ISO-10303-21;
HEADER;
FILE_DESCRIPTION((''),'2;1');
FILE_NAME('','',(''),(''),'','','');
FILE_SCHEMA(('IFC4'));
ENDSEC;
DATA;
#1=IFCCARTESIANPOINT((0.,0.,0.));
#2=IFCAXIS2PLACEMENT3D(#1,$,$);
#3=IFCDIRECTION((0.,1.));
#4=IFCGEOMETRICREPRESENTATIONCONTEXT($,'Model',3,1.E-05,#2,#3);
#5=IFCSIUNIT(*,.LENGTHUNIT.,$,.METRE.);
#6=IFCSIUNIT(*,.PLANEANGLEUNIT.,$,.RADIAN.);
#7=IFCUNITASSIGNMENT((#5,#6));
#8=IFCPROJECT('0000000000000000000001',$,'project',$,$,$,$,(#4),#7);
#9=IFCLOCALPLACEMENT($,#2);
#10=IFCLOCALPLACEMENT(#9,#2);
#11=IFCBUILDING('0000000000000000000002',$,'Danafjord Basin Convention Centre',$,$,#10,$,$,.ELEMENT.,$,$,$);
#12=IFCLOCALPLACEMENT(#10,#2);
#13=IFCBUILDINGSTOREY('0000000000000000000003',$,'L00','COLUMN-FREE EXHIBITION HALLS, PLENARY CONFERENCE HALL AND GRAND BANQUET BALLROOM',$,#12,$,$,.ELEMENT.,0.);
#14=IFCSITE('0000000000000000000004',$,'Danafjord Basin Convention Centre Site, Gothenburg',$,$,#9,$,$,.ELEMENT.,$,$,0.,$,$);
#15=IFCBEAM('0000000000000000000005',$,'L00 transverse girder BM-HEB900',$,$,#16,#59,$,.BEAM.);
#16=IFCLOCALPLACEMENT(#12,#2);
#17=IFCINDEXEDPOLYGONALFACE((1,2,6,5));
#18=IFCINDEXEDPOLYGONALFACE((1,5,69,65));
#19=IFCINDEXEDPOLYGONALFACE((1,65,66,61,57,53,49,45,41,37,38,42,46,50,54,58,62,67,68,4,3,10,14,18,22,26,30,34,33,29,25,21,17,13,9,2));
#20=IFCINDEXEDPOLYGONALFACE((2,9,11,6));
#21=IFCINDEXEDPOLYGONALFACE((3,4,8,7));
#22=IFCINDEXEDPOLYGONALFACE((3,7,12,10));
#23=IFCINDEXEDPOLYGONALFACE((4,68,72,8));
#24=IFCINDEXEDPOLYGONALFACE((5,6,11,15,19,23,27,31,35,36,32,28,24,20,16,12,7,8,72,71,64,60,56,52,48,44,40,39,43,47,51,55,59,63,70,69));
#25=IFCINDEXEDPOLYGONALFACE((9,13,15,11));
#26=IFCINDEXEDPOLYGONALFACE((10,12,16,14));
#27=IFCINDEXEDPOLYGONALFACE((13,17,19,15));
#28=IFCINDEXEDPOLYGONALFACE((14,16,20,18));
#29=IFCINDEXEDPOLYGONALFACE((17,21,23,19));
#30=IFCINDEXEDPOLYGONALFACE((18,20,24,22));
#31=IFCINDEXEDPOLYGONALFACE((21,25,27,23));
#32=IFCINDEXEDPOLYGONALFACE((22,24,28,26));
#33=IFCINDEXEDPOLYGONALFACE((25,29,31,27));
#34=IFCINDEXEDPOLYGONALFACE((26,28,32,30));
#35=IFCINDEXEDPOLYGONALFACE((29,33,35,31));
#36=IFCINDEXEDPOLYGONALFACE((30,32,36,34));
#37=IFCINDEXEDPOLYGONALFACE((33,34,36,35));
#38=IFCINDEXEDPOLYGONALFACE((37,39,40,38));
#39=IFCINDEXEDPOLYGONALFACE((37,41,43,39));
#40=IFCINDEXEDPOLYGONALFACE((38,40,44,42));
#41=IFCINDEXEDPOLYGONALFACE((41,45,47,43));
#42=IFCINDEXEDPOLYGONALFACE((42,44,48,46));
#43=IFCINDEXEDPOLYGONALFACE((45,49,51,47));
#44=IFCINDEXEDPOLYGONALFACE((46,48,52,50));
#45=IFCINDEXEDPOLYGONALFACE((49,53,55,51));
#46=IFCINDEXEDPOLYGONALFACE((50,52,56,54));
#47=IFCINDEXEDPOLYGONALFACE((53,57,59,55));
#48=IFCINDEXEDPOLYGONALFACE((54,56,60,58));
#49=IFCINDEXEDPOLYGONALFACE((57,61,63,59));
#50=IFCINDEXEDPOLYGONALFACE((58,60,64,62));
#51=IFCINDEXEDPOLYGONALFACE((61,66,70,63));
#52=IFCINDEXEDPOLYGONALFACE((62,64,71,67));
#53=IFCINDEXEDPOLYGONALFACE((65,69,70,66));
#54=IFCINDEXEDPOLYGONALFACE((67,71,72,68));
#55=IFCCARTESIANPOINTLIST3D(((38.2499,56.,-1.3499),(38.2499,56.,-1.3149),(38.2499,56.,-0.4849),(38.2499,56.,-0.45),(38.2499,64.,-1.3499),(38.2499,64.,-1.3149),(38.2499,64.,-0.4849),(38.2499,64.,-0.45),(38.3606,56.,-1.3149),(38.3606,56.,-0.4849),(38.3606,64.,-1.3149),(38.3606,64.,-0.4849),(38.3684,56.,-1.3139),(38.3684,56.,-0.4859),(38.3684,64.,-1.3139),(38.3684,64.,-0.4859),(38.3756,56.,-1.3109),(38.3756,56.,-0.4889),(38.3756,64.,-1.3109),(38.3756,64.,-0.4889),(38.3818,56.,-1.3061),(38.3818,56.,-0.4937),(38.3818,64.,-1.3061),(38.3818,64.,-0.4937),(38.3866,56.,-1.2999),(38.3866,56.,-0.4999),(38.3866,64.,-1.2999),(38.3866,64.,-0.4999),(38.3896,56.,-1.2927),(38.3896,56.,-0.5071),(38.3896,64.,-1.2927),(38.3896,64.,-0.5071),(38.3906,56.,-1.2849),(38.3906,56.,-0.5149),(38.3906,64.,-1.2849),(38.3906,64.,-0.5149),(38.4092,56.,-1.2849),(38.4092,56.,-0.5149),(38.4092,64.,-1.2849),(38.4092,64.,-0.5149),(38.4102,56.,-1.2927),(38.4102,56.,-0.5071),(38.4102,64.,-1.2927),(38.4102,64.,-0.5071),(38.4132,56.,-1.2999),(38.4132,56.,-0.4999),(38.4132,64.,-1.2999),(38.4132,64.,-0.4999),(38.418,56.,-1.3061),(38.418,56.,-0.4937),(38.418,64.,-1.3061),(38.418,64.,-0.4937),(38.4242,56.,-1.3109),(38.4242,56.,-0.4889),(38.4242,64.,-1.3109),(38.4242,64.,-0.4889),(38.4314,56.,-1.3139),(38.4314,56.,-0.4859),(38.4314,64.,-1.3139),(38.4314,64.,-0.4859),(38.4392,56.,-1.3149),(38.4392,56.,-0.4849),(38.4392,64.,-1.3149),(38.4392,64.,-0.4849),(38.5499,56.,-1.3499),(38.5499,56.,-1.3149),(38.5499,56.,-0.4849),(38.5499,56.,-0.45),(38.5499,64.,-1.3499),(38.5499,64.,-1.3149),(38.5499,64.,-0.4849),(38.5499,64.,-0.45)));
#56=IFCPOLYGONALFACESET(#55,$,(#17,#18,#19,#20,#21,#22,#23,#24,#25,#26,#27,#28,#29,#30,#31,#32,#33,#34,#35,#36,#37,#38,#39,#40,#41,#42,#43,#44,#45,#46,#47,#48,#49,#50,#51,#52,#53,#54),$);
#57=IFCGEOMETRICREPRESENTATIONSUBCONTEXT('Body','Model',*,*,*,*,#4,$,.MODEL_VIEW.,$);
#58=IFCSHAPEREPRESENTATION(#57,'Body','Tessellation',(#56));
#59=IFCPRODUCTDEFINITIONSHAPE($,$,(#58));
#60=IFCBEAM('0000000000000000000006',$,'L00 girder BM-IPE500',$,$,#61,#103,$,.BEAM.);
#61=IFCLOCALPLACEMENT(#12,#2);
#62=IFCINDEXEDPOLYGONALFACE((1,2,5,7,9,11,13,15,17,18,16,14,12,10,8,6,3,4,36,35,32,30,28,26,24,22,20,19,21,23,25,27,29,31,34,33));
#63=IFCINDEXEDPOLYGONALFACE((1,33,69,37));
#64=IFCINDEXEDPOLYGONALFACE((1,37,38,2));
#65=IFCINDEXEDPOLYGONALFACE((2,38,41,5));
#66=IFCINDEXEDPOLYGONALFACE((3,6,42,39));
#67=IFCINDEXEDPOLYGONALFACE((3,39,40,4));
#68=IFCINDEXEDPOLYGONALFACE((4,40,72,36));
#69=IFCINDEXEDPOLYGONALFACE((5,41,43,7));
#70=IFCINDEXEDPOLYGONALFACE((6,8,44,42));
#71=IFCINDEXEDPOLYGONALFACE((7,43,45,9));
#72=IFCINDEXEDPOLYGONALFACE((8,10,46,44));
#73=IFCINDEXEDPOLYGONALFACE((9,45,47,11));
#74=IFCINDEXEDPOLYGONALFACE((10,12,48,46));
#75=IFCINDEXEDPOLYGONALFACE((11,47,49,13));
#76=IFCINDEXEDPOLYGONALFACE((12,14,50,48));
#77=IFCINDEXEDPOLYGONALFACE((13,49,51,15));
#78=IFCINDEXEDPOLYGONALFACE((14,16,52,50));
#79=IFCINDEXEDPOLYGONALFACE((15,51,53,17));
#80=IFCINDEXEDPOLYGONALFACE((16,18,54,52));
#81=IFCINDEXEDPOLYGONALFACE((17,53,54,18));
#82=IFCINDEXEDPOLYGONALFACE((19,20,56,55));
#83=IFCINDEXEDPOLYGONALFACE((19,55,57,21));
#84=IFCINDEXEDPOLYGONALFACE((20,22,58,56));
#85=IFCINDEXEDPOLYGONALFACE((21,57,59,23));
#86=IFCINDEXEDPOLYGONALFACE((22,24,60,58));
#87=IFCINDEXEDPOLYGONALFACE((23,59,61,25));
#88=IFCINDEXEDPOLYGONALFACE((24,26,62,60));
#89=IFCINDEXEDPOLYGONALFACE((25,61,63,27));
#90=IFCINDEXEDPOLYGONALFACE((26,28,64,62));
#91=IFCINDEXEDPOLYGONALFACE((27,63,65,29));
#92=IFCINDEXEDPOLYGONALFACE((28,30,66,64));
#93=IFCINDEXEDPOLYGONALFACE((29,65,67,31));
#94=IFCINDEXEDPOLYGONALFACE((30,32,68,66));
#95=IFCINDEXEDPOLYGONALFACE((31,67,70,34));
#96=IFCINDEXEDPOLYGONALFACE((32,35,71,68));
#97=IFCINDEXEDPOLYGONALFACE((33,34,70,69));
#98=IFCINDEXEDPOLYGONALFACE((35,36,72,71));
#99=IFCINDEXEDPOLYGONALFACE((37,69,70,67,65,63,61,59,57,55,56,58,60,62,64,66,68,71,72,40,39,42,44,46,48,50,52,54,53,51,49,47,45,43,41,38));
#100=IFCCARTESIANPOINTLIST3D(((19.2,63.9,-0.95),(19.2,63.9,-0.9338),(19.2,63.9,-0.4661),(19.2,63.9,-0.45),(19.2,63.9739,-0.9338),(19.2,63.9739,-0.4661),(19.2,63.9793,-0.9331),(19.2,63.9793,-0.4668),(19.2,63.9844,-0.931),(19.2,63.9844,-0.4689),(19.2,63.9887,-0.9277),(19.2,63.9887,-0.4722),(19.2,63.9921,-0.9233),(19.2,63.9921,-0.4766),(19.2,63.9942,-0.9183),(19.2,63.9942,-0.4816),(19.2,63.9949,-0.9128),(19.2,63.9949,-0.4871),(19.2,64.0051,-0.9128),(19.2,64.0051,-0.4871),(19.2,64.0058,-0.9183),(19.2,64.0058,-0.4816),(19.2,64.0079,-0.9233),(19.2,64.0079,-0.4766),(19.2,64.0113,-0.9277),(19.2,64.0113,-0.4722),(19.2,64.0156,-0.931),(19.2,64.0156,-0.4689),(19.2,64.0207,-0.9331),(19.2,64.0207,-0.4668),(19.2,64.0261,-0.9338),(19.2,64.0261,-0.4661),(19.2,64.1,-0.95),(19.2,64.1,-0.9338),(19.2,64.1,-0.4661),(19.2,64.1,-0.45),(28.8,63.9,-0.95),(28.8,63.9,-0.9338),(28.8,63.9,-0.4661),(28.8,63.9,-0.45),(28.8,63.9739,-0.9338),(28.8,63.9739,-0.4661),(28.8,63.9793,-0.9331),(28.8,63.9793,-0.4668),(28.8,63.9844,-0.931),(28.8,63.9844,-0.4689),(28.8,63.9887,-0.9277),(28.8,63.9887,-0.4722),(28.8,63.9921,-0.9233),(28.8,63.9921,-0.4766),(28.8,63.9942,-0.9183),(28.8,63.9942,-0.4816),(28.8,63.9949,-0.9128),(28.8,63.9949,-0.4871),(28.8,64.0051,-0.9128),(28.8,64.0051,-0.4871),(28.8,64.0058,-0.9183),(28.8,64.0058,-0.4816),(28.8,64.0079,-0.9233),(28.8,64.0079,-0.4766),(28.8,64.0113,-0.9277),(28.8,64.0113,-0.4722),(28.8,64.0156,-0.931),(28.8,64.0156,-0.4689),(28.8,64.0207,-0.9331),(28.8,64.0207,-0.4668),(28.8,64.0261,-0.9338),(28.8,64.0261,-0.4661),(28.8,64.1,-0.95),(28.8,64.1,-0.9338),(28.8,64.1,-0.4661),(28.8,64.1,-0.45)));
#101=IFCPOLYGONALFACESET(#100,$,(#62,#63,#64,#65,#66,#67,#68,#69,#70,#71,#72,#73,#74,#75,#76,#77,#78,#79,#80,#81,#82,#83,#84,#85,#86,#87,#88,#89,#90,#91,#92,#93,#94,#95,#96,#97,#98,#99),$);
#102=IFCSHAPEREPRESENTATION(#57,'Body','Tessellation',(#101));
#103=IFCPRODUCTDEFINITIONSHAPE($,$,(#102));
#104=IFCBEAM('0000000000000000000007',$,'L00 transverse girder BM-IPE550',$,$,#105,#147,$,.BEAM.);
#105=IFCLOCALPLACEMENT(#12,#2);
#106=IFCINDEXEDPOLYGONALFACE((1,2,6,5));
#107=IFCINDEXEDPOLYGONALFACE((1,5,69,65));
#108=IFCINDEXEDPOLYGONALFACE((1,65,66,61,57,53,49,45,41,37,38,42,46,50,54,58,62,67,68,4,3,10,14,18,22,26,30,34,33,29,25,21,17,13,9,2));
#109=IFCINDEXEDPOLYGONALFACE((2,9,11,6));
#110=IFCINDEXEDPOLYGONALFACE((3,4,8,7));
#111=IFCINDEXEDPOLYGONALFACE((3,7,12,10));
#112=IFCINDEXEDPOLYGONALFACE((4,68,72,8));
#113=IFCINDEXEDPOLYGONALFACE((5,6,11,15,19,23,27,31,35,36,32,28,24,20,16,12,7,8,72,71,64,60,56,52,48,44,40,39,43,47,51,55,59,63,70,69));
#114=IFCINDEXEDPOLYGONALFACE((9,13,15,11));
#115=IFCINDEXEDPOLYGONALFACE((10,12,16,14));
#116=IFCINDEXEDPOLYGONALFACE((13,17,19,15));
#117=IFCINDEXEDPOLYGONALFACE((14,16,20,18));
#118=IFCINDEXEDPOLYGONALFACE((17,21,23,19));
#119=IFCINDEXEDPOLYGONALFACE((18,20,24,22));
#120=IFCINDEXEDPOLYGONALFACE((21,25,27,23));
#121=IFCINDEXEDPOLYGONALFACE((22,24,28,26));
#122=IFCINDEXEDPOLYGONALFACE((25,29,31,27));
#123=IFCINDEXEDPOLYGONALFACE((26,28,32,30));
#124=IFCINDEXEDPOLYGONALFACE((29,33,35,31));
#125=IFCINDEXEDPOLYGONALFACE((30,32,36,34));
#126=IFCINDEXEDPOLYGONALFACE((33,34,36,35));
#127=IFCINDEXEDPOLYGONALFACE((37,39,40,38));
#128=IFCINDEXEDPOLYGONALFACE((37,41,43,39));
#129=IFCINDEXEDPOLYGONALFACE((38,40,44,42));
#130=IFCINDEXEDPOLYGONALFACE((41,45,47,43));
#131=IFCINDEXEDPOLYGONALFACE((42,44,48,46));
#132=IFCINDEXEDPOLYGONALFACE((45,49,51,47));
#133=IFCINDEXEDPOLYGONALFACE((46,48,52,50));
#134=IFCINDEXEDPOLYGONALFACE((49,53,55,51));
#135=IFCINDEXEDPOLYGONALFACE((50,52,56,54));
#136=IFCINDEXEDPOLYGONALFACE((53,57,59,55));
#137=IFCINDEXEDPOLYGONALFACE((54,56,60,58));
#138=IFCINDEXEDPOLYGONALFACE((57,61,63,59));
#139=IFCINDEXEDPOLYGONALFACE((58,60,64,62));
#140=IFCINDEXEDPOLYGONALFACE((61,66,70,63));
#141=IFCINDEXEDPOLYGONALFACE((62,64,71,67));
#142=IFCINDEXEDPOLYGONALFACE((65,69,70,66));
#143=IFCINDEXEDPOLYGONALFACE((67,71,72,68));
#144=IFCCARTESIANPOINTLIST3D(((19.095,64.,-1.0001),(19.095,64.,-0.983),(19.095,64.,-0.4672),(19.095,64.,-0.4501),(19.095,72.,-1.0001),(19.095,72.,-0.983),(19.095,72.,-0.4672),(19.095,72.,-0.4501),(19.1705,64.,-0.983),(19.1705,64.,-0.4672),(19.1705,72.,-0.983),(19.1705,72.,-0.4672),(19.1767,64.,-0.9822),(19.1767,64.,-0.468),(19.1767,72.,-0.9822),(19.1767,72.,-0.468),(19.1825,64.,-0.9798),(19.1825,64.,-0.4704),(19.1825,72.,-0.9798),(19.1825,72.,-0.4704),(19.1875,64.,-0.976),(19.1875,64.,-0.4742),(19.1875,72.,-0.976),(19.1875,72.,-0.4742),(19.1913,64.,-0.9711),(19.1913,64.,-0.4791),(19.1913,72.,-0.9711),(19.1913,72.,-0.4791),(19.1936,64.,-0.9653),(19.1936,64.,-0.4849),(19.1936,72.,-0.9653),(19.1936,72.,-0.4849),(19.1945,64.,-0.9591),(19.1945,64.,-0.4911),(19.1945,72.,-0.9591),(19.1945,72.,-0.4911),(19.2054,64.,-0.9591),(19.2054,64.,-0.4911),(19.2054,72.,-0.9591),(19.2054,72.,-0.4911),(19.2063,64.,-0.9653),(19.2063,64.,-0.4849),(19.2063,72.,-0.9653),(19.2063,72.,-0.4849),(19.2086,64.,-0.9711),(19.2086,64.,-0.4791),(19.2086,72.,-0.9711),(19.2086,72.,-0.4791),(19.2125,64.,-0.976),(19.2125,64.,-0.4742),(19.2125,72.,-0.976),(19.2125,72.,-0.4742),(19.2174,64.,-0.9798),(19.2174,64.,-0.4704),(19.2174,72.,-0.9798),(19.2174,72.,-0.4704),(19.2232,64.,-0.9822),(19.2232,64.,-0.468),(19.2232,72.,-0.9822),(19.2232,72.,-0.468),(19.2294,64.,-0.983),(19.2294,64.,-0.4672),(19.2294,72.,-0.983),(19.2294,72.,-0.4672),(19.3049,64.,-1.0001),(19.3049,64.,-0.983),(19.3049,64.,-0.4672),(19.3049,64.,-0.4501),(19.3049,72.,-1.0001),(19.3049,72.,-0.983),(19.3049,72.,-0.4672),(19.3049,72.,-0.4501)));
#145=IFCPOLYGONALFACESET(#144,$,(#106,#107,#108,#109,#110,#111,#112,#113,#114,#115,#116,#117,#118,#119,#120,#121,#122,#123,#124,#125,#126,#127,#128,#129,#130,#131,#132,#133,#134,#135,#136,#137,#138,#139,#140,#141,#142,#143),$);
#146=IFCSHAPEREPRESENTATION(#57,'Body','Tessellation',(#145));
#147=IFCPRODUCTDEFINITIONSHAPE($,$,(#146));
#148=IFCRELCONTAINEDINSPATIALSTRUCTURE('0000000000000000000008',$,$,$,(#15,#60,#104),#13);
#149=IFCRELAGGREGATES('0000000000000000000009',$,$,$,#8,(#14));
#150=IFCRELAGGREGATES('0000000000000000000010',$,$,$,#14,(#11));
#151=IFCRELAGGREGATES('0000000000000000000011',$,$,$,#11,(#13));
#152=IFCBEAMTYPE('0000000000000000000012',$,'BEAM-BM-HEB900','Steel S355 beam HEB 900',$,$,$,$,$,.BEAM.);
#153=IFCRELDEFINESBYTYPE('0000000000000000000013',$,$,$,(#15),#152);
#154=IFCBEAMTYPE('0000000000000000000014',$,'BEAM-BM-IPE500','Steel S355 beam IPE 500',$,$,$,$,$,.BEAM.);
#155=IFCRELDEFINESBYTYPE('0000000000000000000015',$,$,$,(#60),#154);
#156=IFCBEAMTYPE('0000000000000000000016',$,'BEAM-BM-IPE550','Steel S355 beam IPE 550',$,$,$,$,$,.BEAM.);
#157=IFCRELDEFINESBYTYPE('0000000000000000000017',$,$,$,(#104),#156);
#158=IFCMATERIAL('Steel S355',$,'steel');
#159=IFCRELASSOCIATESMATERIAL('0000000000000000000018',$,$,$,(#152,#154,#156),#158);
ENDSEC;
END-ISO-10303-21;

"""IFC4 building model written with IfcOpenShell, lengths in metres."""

from ifc_helpers import new_model, si_unit, direction, frame, origin, origin_2d, place, context, subcontext, project, spatial, i_section, extrude, material, material_profile, profile_set, type_object, element, save


model = new_model("IFC4")

# Units and contexts
model_context = context("Model", 3, precision=1e-05, world=origin(), true_north=direction((0.0, 1.0)))
body_context = subcontext(model_context, "Body", "Model", "MODEL_VIEW")
ifc_project = project(units=[si_unit("LENGTHUNIT", "METRE"), si_unit("PLANEANGLEUNIT", "RADIAN")], contexts=[model_context])

# Site, building, storey
site_placement = place(None, origin())
site = spatial("IfcSite", under=ifc_project, at=site_placement, Name="Danafjord Basin Convention Centre Site, Gothenburg", CompositionType="ELEMENT", RefElevation=0.0)
building_placement = place(site_placement, origin())
building = spatial("IfcBuilding", under=site, at=building_placement, Name="Danafjord Basin Convention Centre", CompositionType="ELEMENT")
storey_placement = place(building_placement, origin())
storey = spatial("IfcBuildingStorey", under=building, at=storey_placement, Name="L00", Description="COLUMN-FREE EXHIBITION HALLS, PLENARY CONFERENCE HALL AND GRAND BANQUET BALLROOM", CompositionType="ELEMENT", Elevation=0.0)

# Beams
ifc_material_1 = material(Name="Steel S355", Category="steel")
ifc_material_profile_1 = material_profile(ifc_material_1, i_section(OverallWidth=0.3, OverallDepth=0.8999, WebThickness=0.0186, FlangeThickness=0.0349, FilletRadius=0.03, at=origin_2d()), Name="HEB 900")
ifc_profile_set_1 = profile_set([ifc_material_profile_1], Name="Steel S355")
beam_type_1 = type_object("IfcBeamType", Name="BEAM-BM-HEB900", Description="Steel S355 beam HEB 900", PredefinedType="BEAM", material=ifc_profile_set_1)
for number, where, z_axis, x_axis, name in (
    (1, (38.3999, 56.0, -0.8999), (0.0, 1.0, 0.0), (-1.0, 0.0, 0.0), "L00 transverse girder BM-HEB900"),
):
    element("IfcBeam", number, at=place(storey_placement, frame(where, z_axis=z_axis, x_axis=x_axis)), inside=storey, type_object=beam_type_1, Name=name, PredefinedType="BEAM", context=body_context, shape_type="SweptSolid", body=[
        extrude(i_section(OverallWidth=0.3, OverallDepth=0.8999, WebThickness=0.0186, FlangeThickness=0.0349, FilletRadius=0.03, at=origin_2d()), origin(), (0.0, 0.0, 1.0), 8.0),
    ])
ifc_material_profile_2 = material_profile(ifc_material_1, i_section(OverallWidth=0.2, OverallDepth=0.5, WebThickness=0.0103, FlangeThickness=0.0161, FilletRadius=0.021, at=origin_2d()), Name="IPE 500")
ifc_profile_set_2 = profile_set([ifc_material_profile_2], Name="Steel S355")
beam_type_2 = type_object("IfcBeamType", Name="BEAM-BM-IPE500", Description="Steel S355 beam IPE 500", PredefinedType="BEAM", material=ifc_profile_set_2)
beam_1_placement = place(storey_placement, frame((19.2, 64.0, -0.7), z_axis=(1.0, 0.0, 0.0), x_axis=(0.0, 1.0, 0.0)))
element("IfcBeam", 2, at=beam_1_placement, inside=storey, type_object=beam_type_2, Name="L00 girder BM-IPE500", PredefinedType="BEAM", context=body_context, shape_type="SweptSolid", body=[
    extrude(i_section(OverallWidth=0.2, OverallDepth=0.5, WebThickness=0.0103, FlangeThickness=0.0161, FilletRadius=0.021, at=origin_2d()), origin(), (0.0, 0.0, 1.0), 9.6001),
])
ifc_material_profile_3 = material_profile(ifc_material_1, i_section(OverallWidth=0.21, OverallDepth=0.55, WebThickness=0.011, FlangeThickness=0.0171, FilletRadius=0.0239, at=origin_2d()), Name="IPE 550")
ifc_profile_set_3 = profile_set([ifc_material_profile_3], Name="Steel S355")
beam_type_3 = type_object("IfcBeamType", Name="BEAM-BM-IPE550", Description="Steel S355 beam IPE 550", PredefinedType="BEAM", material=ifc_profile_set_3)
beam_2_placement = place(storey_placement, frame((19.2, 64.0, -0.7251), z_axis=(0.0, 1.0, 0.0), x_axis=(-1.0, 0.0, 0.0)))
element("IfcBeam", 3, at=beam_2_placement, inside=storey, type_object=beam_type_3, Name="L00 transverse girder BM-IPE550", PredefinedType="BEAM", context=body_context, shape_type="SweptSolid", body=[
    extrude(i_section(OverallWidth=0.21, OverallDepth=0.55, WebThickness=0.011, FlangeThickness=0.0171, FilletRadius=0.0239, at=origin_2d()), origin(), (0.0, 0.0, 1.0), 8.0),
])

save(model, "model.ifc")
